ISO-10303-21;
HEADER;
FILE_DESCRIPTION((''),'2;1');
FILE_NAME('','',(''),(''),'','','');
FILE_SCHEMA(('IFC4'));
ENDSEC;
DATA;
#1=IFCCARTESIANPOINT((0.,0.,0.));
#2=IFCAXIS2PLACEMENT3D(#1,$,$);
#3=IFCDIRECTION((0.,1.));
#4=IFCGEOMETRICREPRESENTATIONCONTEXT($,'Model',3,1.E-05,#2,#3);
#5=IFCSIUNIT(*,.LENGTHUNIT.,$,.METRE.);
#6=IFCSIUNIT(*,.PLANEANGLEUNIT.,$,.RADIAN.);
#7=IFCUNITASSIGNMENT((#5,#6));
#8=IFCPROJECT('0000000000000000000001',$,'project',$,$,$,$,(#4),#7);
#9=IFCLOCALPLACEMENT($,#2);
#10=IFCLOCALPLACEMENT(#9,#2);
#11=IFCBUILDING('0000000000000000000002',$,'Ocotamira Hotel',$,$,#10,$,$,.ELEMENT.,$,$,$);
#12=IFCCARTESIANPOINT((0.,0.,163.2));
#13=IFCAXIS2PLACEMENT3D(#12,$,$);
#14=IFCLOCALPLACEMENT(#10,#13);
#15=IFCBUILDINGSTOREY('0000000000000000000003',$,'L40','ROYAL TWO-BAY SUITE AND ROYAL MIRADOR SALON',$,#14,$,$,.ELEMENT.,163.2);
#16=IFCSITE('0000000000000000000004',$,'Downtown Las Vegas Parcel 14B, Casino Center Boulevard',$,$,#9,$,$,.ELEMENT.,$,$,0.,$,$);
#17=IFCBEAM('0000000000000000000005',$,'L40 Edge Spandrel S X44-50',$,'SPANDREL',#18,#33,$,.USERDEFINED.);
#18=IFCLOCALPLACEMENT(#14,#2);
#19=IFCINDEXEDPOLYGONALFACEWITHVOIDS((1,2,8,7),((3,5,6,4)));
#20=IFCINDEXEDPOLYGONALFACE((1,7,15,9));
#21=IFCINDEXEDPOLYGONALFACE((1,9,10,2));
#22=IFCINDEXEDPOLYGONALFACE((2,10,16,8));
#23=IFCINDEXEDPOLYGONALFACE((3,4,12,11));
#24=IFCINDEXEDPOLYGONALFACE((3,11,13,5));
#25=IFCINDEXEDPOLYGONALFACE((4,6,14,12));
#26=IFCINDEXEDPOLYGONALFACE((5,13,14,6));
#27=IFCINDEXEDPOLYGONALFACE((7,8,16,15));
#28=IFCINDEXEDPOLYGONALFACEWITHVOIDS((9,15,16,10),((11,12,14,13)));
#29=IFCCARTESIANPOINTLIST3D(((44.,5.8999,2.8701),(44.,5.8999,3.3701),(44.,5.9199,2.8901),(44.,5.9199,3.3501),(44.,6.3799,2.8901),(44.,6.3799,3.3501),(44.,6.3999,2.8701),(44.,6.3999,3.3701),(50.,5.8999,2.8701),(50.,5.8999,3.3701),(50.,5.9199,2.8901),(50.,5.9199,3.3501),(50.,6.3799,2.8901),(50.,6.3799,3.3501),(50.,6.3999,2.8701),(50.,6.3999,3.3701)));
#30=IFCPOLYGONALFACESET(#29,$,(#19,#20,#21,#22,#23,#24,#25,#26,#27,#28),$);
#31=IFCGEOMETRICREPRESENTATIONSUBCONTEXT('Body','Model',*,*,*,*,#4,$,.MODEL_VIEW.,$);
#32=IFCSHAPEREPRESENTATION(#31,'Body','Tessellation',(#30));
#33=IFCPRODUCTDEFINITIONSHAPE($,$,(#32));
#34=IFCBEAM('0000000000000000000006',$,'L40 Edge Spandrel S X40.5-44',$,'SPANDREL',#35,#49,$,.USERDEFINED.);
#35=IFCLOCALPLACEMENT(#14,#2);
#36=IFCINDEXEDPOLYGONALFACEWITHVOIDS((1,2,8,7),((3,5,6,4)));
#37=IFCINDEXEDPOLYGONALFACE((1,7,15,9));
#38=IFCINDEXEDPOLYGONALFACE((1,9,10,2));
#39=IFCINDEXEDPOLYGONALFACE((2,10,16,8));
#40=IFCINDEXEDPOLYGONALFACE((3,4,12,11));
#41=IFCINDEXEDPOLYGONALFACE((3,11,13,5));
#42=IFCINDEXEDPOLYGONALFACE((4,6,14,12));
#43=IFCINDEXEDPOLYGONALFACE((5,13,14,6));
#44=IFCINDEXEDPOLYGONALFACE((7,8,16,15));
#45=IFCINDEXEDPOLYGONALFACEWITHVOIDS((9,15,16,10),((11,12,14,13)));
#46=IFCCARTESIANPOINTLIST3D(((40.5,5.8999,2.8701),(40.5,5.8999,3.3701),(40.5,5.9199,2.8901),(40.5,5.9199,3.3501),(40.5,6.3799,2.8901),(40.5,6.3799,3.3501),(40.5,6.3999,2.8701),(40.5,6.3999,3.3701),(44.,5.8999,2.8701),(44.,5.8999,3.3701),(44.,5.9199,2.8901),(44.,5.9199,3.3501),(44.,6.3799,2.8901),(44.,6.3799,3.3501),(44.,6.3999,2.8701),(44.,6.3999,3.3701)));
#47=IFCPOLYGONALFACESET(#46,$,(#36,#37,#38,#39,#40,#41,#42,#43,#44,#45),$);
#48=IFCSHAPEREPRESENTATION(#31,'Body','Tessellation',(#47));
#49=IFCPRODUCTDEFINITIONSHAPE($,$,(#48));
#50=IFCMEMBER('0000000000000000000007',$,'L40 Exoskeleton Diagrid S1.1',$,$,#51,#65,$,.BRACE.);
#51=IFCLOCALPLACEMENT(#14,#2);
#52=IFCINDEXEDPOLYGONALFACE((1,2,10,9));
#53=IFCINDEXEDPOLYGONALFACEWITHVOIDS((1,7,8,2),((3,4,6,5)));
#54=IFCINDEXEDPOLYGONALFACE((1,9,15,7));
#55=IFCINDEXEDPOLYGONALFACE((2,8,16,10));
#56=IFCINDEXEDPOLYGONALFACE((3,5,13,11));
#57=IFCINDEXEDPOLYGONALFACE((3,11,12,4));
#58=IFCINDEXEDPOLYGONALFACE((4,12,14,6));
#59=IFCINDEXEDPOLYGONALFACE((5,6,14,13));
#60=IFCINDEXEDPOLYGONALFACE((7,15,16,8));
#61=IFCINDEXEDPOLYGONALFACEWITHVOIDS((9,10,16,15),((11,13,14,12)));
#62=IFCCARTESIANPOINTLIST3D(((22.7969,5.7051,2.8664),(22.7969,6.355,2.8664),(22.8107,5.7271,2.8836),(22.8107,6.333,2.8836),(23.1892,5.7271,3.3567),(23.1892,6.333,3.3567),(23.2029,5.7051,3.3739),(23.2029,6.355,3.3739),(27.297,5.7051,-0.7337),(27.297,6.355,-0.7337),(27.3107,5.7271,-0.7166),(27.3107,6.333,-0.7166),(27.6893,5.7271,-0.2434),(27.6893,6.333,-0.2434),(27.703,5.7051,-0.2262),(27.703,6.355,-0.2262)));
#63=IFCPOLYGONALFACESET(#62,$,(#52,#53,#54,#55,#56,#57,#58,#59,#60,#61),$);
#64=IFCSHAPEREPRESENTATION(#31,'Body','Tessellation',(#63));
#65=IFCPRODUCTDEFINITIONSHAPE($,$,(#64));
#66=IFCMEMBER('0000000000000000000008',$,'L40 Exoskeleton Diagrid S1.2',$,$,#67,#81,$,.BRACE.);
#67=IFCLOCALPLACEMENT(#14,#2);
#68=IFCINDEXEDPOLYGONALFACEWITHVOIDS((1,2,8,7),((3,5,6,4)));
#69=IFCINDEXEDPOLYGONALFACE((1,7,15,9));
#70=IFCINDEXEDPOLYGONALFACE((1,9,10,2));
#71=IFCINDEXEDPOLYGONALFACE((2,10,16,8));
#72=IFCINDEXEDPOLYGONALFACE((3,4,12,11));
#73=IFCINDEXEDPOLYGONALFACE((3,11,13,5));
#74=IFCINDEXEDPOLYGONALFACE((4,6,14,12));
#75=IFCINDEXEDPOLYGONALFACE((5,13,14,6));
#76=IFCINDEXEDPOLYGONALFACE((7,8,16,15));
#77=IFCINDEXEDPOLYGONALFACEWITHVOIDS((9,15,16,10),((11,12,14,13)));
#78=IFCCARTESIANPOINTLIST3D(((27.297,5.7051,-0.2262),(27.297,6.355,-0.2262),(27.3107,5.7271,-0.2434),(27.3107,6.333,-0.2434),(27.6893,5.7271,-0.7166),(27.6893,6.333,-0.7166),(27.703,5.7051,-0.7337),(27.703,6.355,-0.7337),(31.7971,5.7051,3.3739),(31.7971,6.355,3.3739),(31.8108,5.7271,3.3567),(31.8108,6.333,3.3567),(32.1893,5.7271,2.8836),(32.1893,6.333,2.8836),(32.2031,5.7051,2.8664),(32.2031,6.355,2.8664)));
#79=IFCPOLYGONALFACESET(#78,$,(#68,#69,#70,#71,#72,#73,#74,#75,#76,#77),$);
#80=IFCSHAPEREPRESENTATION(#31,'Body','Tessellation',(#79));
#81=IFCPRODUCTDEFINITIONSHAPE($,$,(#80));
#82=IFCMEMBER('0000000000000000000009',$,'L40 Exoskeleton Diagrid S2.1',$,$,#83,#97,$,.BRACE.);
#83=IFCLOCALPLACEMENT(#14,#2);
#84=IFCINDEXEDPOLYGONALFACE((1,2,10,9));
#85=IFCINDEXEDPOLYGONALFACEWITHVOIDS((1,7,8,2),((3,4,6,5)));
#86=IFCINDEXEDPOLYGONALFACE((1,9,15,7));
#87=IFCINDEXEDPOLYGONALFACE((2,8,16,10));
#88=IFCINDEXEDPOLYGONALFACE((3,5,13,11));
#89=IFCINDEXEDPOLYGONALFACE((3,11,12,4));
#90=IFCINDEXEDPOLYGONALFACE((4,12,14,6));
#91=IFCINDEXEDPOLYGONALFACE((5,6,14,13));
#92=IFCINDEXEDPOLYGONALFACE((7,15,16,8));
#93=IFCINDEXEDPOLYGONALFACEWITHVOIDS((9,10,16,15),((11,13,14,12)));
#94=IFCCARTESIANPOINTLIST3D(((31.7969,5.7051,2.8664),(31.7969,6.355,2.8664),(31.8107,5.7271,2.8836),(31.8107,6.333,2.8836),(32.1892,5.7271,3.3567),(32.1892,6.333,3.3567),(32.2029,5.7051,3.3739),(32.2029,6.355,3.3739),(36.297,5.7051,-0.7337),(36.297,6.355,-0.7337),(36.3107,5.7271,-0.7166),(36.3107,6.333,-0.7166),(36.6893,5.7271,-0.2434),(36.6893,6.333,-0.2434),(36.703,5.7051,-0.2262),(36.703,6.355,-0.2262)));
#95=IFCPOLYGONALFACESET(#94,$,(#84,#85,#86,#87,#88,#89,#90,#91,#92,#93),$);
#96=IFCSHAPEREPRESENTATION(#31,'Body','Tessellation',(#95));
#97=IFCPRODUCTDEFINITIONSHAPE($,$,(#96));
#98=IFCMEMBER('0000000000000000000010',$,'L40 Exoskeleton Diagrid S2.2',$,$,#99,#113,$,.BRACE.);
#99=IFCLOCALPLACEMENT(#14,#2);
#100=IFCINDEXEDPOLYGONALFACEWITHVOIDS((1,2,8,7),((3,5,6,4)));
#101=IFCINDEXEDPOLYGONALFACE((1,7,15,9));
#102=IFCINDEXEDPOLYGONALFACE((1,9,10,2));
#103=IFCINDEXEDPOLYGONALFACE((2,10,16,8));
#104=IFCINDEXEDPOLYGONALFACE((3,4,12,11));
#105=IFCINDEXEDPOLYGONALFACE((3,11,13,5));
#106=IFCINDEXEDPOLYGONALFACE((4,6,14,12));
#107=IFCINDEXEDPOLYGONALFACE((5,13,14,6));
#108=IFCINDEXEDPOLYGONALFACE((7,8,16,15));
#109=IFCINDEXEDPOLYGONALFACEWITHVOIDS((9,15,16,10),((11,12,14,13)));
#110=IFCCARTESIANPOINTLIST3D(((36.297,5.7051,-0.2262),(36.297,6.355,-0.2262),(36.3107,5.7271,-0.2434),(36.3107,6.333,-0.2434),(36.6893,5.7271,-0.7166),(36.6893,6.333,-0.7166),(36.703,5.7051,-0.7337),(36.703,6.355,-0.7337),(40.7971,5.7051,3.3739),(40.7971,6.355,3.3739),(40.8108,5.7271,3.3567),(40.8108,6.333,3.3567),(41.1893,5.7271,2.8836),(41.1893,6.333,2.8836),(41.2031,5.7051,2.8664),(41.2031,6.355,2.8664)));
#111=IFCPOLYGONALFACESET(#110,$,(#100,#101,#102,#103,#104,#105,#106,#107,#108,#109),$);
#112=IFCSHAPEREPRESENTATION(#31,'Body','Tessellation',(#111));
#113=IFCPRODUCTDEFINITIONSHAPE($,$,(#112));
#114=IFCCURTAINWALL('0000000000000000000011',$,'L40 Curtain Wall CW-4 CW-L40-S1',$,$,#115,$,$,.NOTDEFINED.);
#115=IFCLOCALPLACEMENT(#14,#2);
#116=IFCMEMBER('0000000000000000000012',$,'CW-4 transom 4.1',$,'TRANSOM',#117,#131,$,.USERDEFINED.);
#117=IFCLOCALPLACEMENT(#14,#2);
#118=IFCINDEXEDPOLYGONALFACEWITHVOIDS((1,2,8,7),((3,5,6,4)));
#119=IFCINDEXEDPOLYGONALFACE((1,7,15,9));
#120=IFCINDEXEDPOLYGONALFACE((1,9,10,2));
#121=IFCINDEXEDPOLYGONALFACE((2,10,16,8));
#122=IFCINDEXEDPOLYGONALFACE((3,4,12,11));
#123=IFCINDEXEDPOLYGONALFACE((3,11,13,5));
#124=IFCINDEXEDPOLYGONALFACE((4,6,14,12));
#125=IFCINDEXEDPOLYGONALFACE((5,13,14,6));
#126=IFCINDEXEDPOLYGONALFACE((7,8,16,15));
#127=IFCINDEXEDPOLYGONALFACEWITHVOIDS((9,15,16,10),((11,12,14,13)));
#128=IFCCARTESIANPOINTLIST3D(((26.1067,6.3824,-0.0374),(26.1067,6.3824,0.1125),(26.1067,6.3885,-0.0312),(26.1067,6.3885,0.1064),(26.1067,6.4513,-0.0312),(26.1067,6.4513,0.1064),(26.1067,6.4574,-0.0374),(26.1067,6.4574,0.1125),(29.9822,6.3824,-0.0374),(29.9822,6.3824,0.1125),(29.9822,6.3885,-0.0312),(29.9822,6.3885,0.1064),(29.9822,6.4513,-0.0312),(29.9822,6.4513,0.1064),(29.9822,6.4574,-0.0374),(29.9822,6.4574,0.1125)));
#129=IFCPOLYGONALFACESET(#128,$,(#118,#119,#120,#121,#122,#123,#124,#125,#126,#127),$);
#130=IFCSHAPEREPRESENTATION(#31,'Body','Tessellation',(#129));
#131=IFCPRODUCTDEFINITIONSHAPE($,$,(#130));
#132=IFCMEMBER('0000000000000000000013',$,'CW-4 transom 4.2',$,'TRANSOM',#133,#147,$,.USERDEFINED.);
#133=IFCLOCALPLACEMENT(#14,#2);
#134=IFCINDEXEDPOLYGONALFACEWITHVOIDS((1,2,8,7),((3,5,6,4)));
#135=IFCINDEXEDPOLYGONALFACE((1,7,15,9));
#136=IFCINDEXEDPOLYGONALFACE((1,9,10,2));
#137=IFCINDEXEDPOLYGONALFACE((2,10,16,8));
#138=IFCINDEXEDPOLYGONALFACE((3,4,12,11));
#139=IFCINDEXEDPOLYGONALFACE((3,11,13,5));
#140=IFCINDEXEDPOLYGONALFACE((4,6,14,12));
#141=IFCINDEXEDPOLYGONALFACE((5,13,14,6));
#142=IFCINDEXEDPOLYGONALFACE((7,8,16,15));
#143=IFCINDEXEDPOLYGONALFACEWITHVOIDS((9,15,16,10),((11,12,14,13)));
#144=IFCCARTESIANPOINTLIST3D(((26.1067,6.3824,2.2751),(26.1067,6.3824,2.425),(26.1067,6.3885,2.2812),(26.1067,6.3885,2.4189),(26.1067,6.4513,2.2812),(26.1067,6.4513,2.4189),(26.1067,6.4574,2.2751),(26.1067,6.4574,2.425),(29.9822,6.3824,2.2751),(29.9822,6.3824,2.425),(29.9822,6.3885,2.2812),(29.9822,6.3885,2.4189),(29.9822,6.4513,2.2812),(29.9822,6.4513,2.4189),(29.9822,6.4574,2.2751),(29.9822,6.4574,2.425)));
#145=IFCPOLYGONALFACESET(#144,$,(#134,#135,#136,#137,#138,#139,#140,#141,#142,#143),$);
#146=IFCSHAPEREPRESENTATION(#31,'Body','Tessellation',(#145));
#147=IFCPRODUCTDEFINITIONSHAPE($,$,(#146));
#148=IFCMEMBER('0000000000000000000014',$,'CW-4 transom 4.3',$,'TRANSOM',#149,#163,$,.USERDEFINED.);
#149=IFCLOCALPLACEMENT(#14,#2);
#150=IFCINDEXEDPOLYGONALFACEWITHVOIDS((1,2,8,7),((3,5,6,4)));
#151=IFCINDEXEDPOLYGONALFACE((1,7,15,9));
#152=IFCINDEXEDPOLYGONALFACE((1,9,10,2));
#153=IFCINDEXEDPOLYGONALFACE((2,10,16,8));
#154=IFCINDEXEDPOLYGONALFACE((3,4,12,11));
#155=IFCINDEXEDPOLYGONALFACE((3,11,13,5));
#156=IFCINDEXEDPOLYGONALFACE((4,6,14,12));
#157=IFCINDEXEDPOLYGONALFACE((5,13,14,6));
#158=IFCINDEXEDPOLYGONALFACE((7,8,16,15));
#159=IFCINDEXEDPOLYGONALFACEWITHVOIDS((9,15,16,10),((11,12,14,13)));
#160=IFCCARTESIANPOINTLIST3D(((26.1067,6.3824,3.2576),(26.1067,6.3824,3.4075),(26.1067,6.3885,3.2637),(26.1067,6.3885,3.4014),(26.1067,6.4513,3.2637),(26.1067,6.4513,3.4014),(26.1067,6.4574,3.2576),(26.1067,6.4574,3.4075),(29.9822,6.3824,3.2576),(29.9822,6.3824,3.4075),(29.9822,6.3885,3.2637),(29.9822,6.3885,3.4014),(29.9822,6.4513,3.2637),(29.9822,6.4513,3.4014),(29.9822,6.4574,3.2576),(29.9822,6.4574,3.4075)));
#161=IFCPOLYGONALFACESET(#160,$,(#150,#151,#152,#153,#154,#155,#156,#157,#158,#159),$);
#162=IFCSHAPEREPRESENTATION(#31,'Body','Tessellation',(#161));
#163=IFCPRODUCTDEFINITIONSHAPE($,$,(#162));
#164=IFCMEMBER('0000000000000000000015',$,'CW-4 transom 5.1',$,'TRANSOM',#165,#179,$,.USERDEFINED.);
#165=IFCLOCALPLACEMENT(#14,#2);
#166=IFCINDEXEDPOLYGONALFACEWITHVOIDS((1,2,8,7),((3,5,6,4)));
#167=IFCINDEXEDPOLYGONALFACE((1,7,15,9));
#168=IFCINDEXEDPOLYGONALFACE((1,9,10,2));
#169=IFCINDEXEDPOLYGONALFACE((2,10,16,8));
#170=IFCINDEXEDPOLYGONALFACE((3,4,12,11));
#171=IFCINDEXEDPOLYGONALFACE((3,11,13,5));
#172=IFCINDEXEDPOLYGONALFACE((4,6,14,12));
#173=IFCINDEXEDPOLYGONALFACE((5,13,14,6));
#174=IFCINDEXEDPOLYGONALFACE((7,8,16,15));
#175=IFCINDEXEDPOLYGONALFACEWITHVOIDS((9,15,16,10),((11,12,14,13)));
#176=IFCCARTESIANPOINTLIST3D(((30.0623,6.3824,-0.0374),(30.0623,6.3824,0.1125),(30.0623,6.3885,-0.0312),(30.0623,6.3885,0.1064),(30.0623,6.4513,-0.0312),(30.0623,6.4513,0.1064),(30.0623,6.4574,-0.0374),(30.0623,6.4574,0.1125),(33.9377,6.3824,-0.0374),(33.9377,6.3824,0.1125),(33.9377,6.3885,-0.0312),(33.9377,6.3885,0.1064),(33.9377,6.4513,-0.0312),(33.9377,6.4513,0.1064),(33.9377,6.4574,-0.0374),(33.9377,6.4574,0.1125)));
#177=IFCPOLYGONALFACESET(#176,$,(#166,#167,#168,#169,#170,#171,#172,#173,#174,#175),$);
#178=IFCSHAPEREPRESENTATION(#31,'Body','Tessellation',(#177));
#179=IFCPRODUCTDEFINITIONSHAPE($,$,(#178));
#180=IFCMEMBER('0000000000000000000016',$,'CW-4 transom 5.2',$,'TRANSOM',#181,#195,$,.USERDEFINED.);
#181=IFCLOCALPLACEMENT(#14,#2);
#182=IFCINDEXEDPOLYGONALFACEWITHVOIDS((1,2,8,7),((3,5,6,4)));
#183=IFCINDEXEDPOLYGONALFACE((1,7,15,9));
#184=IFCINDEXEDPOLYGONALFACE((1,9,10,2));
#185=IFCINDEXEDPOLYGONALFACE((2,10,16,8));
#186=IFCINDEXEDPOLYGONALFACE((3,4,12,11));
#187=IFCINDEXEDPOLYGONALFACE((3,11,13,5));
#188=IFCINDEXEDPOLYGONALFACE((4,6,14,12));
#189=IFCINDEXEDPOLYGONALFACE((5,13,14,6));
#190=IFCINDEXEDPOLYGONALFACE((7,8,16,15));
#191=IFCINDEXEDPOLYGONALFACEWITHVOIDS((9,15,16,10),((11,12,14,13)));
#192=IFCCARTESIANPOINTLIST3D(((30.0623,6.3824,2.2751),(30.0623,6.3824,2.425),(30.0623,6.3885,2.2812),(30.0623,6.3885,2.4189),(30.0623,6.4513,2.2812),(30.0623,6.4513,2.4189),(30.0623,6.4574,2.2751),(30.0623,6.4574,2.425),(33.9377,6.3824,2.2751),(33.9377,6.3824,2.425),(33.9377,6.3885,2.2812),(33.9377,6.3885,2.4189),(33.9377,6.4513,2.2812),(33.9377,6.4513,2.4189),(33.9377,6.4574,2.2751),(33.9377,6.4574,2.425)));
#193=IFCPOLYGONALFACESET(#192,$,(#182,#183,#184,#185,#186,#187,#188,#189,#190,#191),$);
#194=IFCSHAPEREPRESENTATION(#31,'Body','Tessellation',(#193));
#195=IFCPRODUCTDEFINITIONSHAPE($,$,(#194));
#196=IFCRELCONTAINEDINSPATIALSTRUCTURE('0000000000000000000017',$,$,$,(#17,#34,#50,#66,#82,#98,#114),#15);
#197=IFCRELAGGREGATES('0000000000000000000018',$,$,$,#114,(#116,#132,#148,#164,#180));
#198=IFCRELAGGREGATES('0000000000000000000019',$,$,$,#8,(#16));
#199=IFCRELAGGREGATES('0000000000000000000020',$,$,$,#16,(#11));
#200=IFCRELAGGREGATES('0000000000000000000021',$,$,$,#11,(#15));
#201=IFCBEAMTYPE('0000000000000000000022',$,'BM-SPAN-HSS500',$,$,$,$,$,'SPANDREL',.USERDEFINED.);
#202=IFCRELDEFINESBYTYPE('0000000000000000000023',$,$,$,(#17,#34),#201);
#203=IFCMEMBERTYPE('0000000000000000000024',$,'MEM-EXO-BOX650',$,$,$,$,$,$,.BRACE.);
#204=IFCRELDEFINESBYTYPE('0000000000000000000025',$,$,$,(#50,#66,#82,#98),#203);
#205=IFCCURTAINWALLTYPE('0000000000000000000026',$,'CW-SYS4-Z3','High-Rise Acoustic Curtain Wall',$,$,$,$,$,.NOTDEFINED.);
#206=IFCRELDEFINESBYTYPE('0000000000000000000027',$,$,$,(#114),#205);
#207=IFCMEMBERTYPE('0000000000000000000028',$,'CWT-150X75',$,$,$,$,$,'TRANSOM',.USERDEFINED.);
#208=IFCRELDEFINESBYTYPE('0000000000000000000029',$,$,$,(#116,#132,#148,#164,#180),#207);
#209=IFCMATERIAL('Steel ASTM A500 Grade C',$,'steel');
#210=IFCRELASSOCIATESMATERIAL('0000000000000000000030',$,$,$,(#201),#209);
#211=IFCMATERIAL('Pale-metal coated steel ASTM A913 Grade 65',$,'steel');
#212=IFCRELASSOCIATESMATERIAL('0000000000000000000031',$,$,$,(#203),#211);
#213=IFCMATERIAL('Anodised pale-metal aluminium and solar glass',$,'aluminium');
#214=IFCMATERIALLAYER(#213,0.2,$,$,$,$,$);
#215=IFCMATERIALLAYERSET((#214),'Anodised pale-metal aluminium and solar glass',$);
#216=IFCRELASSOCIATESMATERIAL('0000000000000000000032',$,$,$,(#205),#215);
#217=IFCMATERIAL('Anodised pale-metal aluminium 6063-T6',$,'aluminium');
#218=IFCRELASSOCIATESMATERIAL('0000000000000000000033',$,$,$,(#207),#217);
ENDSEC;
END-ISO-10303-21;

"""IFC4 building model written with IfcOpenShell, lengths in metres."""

from ifc_helpers import new_model, si_unit, direction, frame, origin, origin_2d, place, context, subcontext, project, spatial, hollow_rectangle, extrude, source, transform, mapped, material, layer, layer_set, material_profile, profile_set, type_object, element, aggregate, save


model = new_model("IFC4")

# Units and contexts
model_context = context("Model", 3, precision=1e-05, world=origin(), true_north=direction((0.0, 1.0)))
body_context = subcontext(model_context, "Body", "Model", "MODEL_VIEW")
ifc_project = project(units=[si_unit("LENGTHUNIT", "METRE"), si_unit("PLANEANGLEUNIT", "RADIAN")], contexts=[model_context])

# Site, building, storey
site_placement = place(None, origin())
site = spatial("IfcSite", under=ifc_project, at=site_placement, Name="Downtown Las Vegas Parcel 14B, Casino Center Boulevard", CompositionType="ELEMENT", RefElevation=0.0)
building_placement = place(site_placement, origin())
building = spatial("IfcBuilding", under=site, at=building_placement, Name="Ocotamira Hotel", CompositionType="ELEMENT")
storey_placement = place(building_placement, frame((0.0, 0.0, 163.2)))
storey = spatial("IfcBuildingStorey", under=building, at=storey_placement, Name="L40", Description="ROYAL TWO-BAY SUITE AND ROYAL MIRADOR SALON", CompositionType="ELEMENT", Elevation=163.2)

# Beams
ifc_material_1 = material(Name="Steel ASTM A500 Grade C", Category="steel")
ifc_material_profile_1 = material_profile(ifc_material_1, hollow_rectangle(XDim=0.5, YDim=0.5, WallThickness=0.02, at=origin_2d()), Name="HSS500X500X20")
ifc_profile_set_1 = profile_set([ifc_material_profile_1], Name="Steel ASTM A500 Grade C")
beam_type = type_object("IfcBeamType", Name="BM-SPAN-HSS500", ElementType="SPANDREL", PredefinedType="USERDEFINED", material=ifc_profile_set_1)
shared_shape_1 = source(origin(), body_context, "Body", "SweptSolid", [
    extrude(hollow_rectangle(XDim=0.5, YDim=0.5, WallThickness=0.02, at=origin_2d()), origin(), (0.0, 0.0, 1.0), 6.0),
])
beam_1_placement = place(storey_placement, frame((44.0, 6.1499, 3.1201), z_axis=(1.0, 0.0, 0.0), x_axis=(0.0, 1.0, 0.0)))
element("IfcBeam", 1, at=beam_1_placement, inside=storey, type_object=beam_type, Name="L40 Edge Spandrel S X44-50", ObjectType="SPANDREL", PredefinedType="USERDEFINED", context=body_context, shape_type="MappedRepresentation", body=[
    mapped(shared_shape_1, transform((0.0, 0.0, 0.0), scale=1.0)),
])
shared_shape_2 = source(origin(), body_context, "Body", "SweptSolid", [
    extrude(hollow_rectangle(XDim=0.5, YDim=0.5, WallThickness=0.02, at=origin_2d()), origin(), (0.0, 0.0, 1.0), 3.5),
])
beam_2_placement = place(storey_placement, frame((40.5, 6.1499, 3.1201), z_axis=(1.0, 0.0, 0.0), x_axis=(0.0, 1.0, 0.0)))
element("IfcBeam", 2, at=beam_2_placement, inside=storey, type_object=beam_type, Name="L40 Edge Spandrel S X40.5-44", ObjectType="SPANDREL", PredefinedType="USERDEFINED", context=body_context, shape_type="MappedRepresentation", body=[
    mapped(shared_shape_2, transform((0.0, 0.0, 0.0), scale=1.0)),
])

# Members
ifc_material_2 = material(Name="Pale-metal coated steel ASTM A913 Grade 65", Category="steel")
ifc_material_profile_2 = material_profile(ifc_material_2, hollow_rectangle(XDim=0.6499, YDim=0.6499, WallThickness=0.022, at=origin_2d()), Name="BOX650X650X22")
ifc_profile_set_2 = profile_set([ifc_material_profile_2], Name="Pale-metal coated steel ASTM A913 Grade 65")
member_type_1 = type_object("IfcMemberType", Name="MEM-EXO-BOX650", PredefinedType="BRACE", material=ifc_profile_set_2)
shared_shape_3 = source(origin(), body_context, "Body", "SweptSolid", [
    extrude(hollow_rectangle(XDim=0.6499, YDim=0.6499, WallThickness=0.022, at=origin_2d()), origin(), (0.0, 0.0, 1.0), 5.7629),
])
for number, where, z_axis, x_axis, name in (
    (3, (27.5, 6.03, -0.48), (-0.780861, 0.0, 0.624705), (0.0, -1.0, 0.0), "L40 Exoskeleton Diagrid S1.1"),
    (4, (27.5, 6.03, -0.48), (0.780861, 0.0, 0.624705), (0.0, 1.0, 0.0), "L40 Exoskeleton Diagrid S1.2"),
    (5, (36.5, 6.03, -0.48), (-0.780861, 0.0, 0.624705), (0.0, -1.0, 0.0), "L40 Exoskeleton Diagrid S2.1"),
    (6, (36.5, 6.03, -0.48), (0.780861, 0.0, 0.624705), (0.0, 1.0, 0.0), "L40 Exoskeleton Diagrid S2.2"),
):
    element("IfcMember", number, at=place(storey_placement, frame(where, z_axis=z_axis, x_axis=x_axis)), inside=storey, type_object=member_type_1, Name=name, PredefinedType="BRACE", context=body_context, shape_type="MappedRepresentation", body=[
        mapped(shared_shape_3, transform((0.0, 0.0, 0.0), scale=1.0)),
    ])

# Curtain wall, members
ifc_material_3 = material(Name="Anodised pale-metal aluminium and solar glass", Category="aluminium")
ifc_layer_1 = layer(ifc_material_3, 0.2)
ifc_layer_set_1 = layer_set([ifc_layer_1], Name="Anodised pale-metal aluminium and solar glass")
curtain_wall_type = type_object("IfcCurtainWallType", Name="CW-SYS4-Z3", Description="High-Rise Acoustic Curtain Wall", PredefinedType="NOTDEFINED", material=ifc_layer_set_1)
curtain_wall_placement = place(storey_placement, origin())
curtain_wall = element("IfcCurtainWall", 7, at=curtain_wall_placement, inside=storey, type_object=curtain_wall_type, Name="L40 Curtain Wall CW-4 CW-L40-S1", PredefinedType="NOTDEFINED")
ifc_material_4 = material(Name="Anodised pale-metal aluminium 6063-T6", Category="aluminium")
ifc_material_profile_3 = material_profile(ifc_material_4, hollow_rectangle(XDim=0.075, YDim=0.1499, WallThickness=0.0061, at=origin_2d()), Name="HSS150X75X6")
ifc_profile_set_3 = profile_set([ifc_material_profile_3], Name="Anodised pale-metal aluminium 6063-T6")
member_type_2 = type_object("IfcMemberType", Name="CWT-150X75", ElementType="TRANSOM", PredefinedType="USERDEFINED", material=ifc_profile_set_3)
shared_shape_4 = source(origin(), body_context, "Body", "SweptSolid", [
    extrude(hollow_rectangle(XDim=0.075, YDim=0.1499, WallThickness=0.0061, at=origin_2d()), origin(), (0.0, 0.0, 1.0), 3.8755),
])
member_1_placement = place(storey_placement, frame((26.1067, 6.4199, 0.0376), z_axis=(1.0, 0.0, 0.0), x_axis=(0.0, 1.0, 0.0)))
member_1 = element("IfcMember", 8, at=member_1_placement, type_object=member_type_2, Name="CW-4 transom 4.1", ObjectType="TRANSOM", PredefinedType="USERDEFINED", context=body_context, shape_type="MappedRepresentation", body=[
    mapped(shared_shape_4, transform((0.0, 0.0, 0.0), scale=1.0)),
])
member_2_placement = place(storey_placement, frame((26.1067, 6.4199, 2.3501), z_axis=(1.0, 0.0, 0.0), x_axis=(0.0, 1.0, 0.0)))
member_2 = element("IfcMember", 9, at=member_2_placement, type_object=member_type_2, Name="CW-4 transom 4.2", ObjectType="TRANSOM", PredefinedType="USERDEFINED", context=body_context, shape_type="MappedRepresentation", body=[
    mapped(shared_shape_4, transform((0.0, 0.0, 0.0), scale=1.0)),
])
member_3_placement = place(storey_placement, frame((26.1067, 6.4199, 3.3325), z_axis=(1.0, 0.0, 0.0), x_axis=(0.0, 1.0, 0.0)))
member_3 = element("IfcMember", 10, at=member_3_placement, type_object=member_type_2, Name="CW-4 transom 4.3", ObjectType="TRANSOM", PredefinedType="USERDEFINED", context=body_context, shape_type="MappedRepresentation", body=[
    mapped(shared_shape_4, transform((0.0, 0.0, 0.0), scale=1.0)),
])
member_4_placement = place(storey_placement, frame((30.0623, 6.4199, 0.0376), z_axis=(1.0, 0.0, 0.0), x_axis=(0.0, 1.0, 0.0)))
member_4 = element("IfcMember", 11, at=member_4_placement, type_object=member_type_2, Name="CW-4 transom 5.1", ObjectType="TRANSOM", PredefinedType="USERDEFINED", context=body_context, shape_type="MappedRepresentation", body=[
    mapped(shared_shape_4, transform((0.0, 0.0, 0.0), scale=1.0)),
])
member_5_placement = place(storey_placement, frame((30.0623, 6.4199, 2.3501), z_axis=(1.0, 0.0, 0.0), x_axis=(0.0, 1.0, 0.0)))
member_5 = element("IfcMember", 12, at=member_5_placement, type_object=member_type_2, Name="CW-4 transom 5.2", ObjectType="TRANSOM", PredefinedType="USERDEFINED", context=body_context, shape_type="MappedRepresentation", body=[
    mapped(shared_shape_4, transform((0.0, 0.0, 0.0), scale=1.0)),
])

aggregate(curtain_wall, [member_1, member_2, member_3, member_4, member_5])

save(model, "model.ifc")
